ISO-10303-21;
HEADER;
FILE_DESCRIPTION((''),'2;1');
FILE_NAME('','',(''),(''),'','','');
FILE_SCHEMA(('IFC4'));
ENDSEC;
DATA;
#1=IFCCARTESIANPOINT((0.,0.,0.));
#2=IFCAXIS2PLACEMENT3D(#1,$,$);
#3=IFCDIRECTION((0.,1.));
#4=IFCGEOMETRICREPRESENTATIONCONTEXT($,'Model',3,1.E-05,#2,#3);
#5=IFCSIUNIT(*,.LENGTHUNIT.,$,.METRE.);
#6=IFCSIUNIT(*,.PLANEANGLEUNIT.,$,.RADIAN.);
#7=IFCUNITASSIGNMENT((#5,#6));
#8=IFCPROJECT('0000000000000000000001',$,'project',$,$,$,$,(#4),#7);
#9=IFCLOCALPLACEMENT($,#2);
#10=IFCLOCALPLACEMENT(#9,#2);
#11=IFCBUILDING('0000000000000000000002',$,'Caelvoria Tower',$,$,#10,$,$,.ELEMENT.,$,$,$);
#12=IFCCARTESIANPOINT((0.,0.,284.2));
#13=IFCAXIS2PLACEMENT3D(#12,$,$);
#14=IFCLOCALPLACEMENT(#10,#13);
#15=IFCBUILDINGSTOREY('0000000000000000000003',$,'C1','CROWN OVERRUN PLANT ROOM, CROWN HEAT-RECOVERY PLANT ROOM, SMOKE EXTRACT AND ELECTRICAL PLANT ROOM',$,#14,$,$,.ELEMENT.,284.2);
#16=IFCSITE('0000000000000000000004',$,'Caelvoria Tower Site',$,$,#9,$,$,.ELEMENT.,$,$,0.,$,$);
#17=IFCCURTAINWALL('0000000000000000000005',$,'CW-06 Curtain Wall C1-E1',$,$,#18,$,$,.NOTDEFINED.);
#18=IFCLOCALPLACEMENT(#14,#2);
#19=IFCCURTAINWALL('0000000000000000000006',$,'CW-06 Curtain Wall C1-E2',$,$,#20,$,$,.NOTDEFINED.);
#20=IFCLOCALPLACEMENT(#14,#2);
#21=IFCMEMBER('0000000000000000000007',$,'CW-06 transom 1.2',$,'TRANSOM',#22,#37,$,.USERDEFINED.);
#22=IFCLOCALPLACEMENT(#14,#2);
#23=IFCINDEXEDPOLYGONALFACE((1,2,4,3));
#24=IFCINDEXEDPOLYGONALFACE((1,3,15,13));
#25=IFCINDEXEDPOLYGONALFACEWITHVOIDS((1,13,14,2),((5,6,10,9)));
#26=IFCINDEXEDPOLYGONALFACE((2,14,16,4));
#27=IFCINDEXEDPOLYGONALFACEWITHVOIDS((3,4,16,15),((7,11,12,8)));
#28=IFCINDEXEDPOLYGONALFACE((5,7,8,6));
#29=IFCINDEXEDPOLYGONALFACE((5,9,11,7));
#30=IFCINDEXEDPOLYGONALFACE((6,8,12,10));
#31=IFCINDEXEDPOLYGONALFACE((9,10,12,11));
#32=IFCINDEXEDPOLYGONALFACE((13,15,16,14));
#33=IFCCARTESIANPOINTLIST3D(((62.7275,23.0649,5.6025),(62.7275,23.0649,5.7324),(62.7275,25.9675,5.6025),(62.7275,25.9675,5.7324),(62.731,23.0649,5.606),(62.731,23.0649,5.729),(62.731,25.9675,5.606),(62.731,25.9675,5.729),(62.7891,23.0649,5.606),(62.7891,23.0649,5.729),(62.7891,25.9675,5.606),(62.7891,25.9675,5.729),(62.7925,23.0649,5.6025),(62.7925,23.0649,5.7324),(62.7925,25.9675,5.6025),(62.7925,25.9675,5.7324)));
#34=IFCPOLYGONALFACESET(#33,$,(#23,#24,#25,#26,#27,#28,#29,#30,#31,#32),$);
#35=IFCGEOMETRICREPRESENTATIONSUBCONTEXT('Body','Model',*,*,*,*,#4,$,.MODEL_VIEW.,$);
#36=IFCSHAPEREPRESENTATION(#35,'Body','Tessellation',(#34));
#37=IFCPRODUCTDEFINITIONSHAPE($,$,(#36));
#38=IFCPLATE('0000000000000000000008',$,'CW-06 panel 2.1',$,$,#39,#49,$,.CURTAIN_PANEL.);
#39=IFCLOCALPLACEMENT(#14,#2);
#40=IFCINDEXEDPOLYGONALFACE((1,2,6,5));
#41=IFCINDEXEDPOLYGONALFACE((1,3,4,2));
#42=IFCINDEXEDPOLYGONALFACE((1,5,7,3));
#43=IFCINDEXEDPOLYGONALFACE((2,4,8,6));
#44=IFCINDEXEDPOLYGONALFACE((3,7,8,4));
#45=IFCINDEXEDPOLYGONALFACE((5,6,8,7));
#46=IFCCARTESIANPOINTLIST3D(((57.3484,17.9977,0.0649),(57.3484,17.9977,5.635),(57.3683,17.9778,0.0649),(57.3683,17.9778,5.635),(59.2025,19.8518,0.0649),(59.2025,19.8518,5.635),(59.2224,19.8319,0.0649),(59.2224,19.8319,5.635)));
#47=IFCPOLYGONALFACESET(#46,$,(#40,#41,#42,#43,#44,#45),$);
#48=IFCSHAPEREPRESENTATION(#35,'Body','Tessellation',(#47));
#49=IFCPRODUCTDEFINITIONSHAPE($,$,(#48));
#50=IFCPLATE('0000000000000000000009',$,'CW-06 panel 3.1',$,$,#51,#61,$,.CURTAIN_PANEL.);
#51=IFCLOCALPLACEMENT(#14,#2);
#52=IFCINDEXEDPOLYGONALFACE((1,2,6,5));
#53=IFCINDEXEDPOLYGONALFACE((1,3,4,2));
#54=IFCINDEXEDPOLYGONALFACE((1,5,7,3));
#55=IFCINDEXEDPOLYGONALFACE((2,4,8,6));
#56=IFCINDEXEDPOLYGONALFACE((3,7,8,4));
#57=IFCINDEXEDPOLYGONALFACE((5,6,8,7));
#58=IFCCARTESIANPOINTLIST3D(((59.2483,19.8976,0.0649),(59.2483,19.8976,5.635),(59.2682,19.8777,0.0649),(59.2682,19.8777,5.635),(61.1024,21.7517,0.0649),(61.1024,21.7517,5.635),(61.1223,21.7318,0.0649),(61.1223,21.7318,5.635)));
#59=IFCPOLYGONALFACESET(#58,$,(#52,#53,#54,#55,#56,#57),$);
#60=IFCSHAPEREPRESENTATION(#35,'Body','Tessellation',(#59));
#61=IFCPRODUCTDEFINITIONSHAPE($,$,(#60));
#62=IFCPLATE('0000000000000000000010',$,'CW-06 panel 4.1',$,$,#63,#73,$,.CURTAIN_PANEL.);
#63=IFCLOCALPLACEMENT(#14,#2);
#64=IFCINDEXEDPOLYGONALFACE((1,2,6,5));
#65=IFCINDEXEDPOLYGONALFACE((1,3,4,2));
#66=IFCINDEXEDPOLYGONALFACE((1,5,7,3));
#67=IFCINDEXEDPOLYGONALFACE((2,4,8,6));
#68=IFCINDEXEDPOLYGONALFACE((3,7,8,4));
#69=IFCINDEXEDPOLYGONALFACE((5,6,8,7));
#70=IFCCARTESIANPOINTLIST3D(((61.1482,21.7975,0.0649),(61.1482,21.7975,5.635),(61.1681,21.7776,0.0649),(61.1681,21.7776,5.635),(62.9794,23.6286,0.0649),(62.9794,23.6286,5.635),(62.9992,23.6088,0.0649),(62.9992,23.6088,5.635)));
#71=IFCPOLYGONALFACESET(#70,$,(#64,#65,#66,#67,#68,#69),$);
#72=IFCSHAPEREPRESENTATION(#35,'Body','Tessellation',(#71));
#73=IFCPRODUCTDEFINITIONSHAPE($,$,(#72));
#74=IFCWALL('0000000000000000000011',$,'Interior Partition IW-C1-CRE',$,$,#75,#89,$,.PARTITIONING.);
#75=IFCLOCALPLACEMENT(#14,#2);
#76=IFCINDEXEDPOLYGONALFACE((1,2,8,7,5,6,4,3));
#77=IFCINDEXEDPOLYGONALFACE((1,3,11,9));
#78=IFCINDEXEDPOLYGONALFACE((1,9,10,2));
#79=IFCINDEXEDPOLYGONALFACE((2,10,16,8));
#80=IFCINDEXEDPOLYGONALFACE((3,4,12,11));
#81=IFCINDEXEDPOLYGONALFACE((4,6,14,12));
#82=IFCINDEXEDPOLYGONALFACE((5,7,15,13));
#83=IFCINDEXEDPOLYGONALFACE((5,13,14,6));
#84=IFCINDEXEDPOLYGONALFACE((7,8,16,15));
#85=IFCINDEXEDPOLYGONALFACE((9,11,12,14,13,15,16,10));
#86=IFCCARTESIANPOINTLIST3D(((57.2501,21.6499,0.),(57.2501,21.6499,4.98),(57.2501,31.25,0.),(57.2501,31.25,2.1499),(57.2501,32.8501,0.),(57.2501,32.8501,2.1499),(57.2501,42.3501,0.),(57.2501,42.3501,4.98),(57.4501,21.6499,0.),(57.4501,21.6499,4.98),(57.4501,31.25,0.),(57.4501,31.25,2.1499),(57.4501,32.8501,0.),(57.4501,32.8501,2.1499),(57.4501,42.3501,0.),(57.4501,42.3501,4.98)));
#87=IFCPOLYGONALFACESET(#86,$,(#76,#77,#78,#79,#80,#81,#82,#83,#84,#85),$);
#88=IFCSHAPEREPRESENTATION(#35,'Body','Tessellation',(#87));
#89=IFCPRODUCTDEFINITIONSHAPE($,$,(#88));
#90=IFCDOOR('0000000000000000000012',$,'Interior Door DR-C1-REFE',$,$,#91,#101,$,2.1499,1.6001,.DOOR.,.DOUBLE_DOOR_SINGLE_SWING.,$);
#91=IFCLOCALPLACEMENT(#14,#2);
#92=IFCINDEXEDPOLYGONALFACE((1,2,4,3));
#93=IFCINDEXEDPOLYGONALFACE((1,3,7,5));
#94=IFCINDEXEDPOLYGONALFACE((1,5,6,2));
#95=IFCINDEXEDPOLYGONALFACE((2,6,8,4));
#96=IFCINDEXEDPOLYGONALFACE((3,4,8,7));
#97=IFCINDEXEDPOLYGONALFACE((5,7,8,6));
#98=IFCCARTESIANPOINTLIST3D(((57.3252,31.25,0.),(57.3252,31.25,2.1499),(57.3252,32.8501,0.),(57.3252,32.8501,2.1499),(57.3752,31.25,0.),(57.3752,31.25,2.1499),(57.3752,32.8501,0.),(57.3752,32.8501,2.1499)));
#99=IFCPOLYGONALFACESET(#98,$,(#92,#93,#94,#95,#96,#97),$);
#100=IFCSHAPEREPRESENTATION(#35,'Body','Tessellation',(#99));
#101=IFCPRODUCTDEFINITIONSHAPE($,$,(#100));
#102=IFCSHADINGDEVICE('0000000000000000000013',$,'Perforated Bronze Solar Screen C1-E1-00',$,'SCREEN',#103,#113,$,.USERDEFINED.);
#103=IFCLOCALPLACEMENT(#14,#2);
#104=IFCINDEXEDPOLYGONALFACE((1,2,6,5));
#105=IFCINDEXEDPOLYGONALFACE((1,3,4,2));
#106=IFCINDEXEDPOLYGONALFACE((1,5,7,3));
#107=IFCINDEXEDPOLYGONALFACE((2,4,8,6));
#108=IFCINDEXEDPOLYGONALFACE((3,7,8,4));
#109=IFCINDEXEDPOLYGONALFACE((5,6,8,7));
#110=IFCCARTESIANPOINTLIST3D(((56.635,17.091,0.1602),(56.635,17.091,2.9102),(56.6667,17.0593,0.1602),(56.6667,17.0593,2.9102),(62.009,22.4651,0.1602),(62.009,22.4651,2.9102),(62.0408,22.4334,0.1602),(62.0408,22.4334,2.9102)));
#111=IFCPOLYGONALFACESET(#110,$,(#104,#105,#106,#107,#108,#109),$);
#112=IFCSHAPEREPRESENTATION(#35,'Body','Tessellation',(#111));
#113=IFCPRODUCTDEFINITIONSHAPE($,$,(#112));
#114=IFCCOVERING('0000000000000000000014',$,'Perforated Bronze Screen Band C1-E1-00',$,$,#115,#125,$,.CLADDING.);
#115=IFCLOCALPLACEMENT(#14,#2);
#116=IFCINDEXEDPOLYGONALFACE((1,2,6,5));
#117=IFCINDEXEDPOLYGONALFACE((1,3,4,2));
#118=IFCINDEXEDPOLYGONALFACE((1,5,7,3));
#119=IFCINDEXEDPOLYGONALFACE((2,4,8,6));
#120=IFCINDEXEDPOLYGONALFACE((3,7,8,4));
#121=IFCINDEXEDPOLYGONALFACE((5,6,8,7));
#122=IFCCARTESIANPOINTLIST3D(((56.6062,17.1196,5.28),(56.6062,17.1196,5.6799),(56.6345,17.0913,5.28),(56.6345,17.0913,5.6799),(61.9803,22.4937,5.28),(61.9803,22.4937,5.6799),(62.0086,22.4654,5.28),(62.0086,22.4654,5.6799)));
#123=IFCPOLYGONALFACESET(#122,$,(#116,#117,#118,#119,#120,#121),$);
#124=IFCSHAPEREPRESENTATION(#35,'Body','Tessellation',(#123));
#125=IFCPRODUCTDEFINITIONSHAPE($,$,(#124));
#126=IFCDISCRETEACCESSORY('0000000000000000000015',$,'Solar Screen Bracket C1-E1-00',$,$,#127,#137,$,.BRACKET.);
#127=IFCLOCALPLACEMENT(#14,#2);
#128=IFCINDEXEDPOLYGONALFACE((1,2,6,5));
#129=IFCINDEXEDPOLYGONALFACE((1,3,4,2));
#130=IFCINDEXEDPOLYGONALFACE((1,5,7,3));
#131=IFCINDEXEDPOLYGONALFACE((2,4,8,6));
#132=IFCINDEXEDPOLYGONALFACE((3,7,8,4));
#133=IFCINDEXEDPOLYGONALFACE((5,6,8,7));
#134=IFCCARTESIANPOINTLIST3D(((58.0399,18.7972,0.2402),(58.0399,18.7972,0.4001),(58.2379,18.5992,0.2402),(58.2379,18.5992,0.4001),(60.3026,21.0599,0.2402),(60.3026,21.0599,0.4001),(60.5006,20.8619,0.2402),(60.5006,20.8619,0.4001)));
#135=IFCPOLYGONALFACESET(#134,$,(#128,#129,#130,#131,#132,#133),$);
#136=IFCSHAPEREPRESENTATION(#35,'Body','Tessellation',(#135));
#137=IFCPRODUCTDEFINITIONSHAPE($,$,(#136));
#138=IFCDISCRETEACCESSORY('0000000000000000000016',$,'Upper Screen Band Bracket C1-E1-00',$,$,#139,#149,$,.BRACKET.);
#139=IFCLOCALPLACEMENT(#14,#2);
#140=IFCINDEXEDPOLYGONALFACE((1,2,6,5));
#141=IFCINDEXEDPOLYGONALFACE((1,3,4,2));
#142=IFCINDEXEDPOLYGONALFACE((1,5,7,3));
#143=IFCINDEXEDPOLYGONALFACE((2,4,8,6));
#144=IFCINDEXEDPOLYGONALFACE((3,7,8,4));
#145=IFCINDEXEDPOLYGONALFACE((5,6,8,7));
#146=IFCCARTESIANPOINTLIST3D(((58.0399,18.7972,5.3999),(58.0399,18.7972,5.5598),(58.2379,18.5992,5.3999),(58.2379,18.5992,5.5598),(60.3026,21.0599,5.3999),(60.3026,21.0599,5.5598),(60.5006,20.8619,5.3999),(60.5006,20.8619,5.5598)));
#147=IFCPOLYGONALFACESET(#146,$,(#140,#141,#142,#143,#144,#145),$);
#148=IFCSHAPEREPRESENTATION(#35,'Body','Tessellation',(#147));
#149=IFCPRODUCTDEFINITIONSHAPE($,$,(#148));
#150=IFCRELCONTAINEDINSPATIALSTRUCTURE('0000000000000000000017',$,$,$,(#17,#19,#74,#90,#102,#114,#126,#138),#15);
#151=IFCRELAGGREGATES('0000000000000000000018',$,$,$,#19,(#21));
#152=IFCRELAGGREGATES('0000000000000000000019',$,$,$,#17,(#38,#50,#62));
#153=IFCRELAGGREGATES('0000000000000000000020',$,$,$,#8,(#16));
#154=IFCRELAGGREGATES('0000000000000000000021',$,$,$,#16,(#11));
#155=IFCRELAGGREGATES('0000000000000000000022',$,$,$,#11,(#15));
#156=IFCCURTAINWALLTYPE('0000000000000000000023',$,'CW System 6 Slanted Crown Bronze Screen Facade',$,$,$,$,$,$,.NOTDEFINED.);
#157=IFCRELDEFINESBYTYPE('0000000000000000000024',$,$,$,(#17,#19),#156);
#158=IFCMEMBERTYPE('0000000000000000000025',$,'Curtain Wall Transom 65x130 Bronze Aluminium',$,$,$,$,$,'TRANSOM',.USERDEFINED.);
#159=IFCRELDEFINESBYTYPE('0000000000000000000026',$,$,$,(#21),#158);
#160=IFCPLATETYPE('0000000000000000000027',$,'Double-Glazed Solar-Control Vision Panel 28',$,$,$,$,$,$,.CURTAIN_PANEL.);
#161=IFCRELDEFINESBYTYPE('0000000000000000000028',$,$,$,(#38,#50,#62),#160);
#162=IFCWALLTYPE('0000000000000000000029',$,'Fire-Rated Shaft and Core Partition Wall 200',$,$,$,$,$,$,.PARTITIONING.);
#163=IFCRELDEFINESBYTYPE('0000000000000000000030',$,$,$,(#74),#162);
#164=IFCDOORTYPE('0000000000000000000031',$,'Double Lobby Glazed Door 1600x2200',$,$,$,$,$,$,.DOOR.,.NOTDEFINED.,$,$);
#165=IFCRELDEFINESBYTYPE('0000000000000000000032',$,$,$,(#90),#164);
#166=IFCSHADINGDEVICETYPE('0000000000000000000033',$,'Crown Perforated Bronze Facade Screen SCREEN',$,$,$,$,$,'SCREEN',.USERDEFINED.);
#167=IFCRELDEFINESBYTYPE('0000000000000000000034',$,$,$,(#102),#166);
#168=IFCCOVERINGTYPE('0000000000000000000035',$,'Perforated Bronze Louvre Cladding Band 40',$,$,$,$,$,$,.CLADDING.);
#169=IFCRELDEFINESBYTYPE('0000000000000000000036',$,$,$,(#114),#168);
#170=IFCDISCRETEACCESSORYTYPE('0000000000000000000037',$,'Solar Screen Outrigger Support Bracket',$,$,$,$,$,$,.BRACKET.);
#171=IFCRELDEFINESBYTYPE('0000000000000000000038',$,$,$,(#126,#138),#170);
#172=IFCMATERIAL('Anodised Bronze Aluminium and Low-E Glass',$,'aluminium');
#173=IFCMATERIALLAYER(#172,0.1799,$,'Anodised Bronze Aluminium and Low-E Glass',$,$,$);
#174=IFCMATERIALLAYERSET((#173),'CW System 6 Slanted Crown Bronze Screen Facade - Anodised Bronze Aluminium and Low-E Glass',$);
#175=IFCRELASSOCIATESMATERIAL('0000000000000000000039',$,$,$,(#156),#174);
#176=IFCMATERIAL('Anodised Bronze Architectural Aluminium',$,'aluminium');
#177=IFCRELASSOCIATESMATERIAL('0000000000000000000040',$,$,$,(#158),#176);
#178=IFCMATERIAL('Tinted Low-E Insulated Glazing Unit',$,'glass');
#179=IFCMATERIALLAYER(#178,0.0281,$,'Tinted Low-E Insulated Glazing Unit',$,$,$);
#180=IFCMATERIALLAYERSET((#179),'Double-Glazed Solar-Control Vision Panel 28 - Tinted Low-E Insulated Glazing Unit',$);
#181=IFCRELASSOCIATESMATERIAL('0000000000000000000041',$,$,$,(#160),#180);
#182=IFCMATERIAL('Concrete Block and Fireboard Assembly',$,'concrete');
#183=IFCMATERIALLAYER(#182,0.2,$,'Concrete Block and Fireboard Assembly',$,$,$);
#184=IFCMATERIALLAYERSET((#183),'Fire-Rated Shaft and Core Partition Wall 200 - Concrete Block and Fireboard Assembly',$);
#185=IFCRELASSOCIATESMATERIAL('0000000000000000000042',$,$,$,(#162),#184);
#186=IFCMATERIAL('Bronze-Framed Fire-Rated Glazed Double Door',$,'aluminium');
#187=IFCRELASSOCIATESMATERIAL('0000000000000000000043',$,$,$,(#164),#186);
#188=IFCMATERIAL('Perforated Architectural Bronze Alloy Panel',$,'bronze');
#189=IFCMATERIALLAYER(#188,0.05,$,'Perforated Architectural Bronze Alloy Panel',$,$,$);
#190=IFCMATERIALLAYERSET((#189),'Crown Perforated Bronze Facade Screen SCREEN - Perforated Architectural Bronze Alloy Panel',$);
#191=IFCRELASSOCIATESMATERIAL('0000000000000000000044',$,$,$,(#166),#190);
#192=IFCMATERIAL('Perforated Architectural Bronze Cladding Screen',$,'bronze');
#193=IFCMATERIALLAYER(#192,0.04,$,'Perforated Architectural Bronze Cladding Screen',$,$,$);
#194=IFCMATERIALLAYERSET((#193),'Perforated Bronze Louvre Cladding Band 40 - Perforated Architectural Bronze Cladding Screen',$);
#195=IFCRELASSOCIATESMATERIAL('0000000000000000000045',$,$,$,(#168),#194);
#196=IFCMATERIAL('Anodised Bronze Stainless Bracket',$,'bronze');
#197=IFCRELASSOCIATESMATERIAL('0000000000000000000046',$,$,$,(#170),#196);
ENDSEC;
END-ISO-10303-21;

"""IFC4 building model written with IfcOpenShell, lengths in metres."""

from ifc_helpers import new_model, si_unit, direction, frame, frame_2d, origin, origin_2d, place, context, subcontext, project, spatial, rectangle, hollow_rectangle, extrude, material, layer, layer_set, material_profile, profile_set, type_object, element, fill, aggregate, save


model = new_model("IFC4")

# Units and contexts
model_context = context("Model", 3, precision=1e-05, world=origin(), true_north=direction((0.0, 1.0)))
body_context = subcontext(model_context, "Body", "Model", "MODEL_VIEW")
ifc_project = project(units=[si_unit("LENGTHUNIT", "METRE"), si_unit("PLANEANGLEUNIT", "RADIAN")], contexts=[model_context])

# Site, building, storey
site_placement = place(None, origin())
site = spatial("IfcSite", under=ifc_project, at=site_placement, Name="Caelvoria Tower Site", CompositionType="ELEMENT", RefElevation=0.0)
building_placement = place(site_placement, origin())
building = spatial("IfcBuilding", under=site, at=building_placement, Name="Caelvoria Tower", CompositionType="ELEMENT")
storey_placement = place(building_placement, frame((0.0, 0.0, 284.2)))
storey = spatial("IfcBuildingStorey", under=building, at=storey_placement, Name="C1", Description="CROWN OVERRUN PLANT ROOM, CROWN HEAT-RECOVERY PLANT ROOM, SMOKE EXTRACT AND ELECTRICAL PLANT ROOM", CompositionType="ELEMENT", Elevation=284.2)

# Curtain wall
ifc_material_1 = material(Name="Anodised Bronze Aluminium and Low-E Glass", Category="aluminium")
ifc_layer_1 = layer(ifc_material_1, 0.1799, Name="Anodised Bronze Aluminium and Low-E Glass")
ifc_layer_set_1 = layer_set([ifc_layer_1], Name="CW System 6 Slanted Crown Bronze Screen Facade - Anodised Bronze Aluminium and Low-E Glass")
curtain_wall_type = type_object("IfcCurtainWallType", Name="CW System 6 Slanted Crown Bronze Screen Facade", PredefinedType="NOTDEFINED", material=ifc_layer_set_1)
curtain_wall_1_placement = place(storey_placement, origin())
curtain_wall_1 = element("IfcCurtainWall", 1, at=curtain_wall_1_placement, inside=storey, type_object=curtain_wall_type, Name="CW-06 Curtain Wall C1-E1", PredefinedType="NOTDEFINED")
ifc_material_2 = material(Name="Anodised Bronze Architectural Aluminium", Category="aluminium")

# Curtain wall
curtain_wall_2_placement = place(storey_placement, origin())
curtain_wall_2 = element("IfcCurtainWall", 2, at=curtain_wall_2_placement, inside=storey, type_object=curtain_wall_type, Name="CW-06 Curtain Wall C1-E2", PredefinedType="NOTDEFINED")

# Member
ifc_material_profile_1 = material_profile(ifc_material_2, hollow_rectangle(XDim=0.0649, YDim=0.1299, WallThickness=0.0034, at=origin_2d()), Name="Anodised Bronze Architectural Aluminium")
ifc_profile_set_1 = profile_set([ifc_material_profile_1], Name="CW_TRAN_65X130 - Anodised Bronze Architectural Aluminium")
member_type_1 = type_object("IfcMemberType", Name="Curtain Wall Transom 65x130 Bronze Aluminium", ElementType="TRANSOM", PredefinedType="USERDEFINED", material=ifc_profile_set_1)
member_1_placement = place(storey_placement, frame((62.76, 23.0649, 5.6675), z_axis=(0.0, 1.0, 0.0), x_axis=(-1.0, 0.0, 0.0)))
member_1 = element("IfcMember", 3, at=member_1_placement, type_object=member_type_1, Name="CW-06 transom 1.2", ObjectType="TRANSOM", PredefinedType="USERDEFINED", context=body_context, shape_type="SweptSolid", body=[
    extrude(hollow_rectangle(XDim=0.0649, YDim=0.1299, WallThickness=0.0034, at=origin_2d()), origin(), (0.0, 0.0, 1.0), 2.9026),
])
aggregate(curtain_wall_2, [member_1])

# Plates
ifc_material_3 = material(Name="Tinted Low-E Insulated Glazing Unit", Category="glass")
ifc_layer_2 = layer(ifc_material_3, 0.0281, Name="Tinted Low-E Insulated Glazing Unit")
ifc_layer_set_2 = layer_set([ifc_layer_2], Name="Double-Glazed Solar-Control Vision Panel 28 - Tinted Low-E Insulated Glazing Unit")
plate_type = type_object("IfcPlateType", Name="Double-Glazed Solar-Control Vision Panel 28", PredefinedType="CURTAIN_PANEL", material=ifc_layer_set_2)
plate_1_placement = place(storey_placement, frame((58.2854, 18.9148, 0.0649), z_axis=(0.0, 0.0, 1.0), x_axis=(0.707107, 0.707107, 0.0)))
plate_1 = element("IfcPlate", 4, at=plate_1_placement, type_object=plate_type, Name="CW-06 panel 2.1", PredefinedType="CURTAIN_PANEL", context=body_context, shape_type="SweptSolid", body=[
    extrude(rectangle(XDim=2.6221, YDim=0.0281, at=origin_2d()), origin(), (0.0, 0.0, 1.0), 5.5701),
])
plate_2_placement = place(storey_placement, frame((60.1853, 20.8147, 0.0649), z_axis=(0.0, 0.0, 1.0), x_axis=(0.707107, 0.707107, 0.0)))
plate_2 = element("IfcPlate", 5, at=plate_2_placement, type_object=plate_type, Name="CW-06 panel 3.1", PredefinedType="CURTAIN_PANEL", context=body_context, shape_type="SweptSolid", body=[
    extrude(rectangle(XDim=2.6221, YDim=0.0281, at=origin_2d()), origin(), (0.0, 0.0, 1.0), 5.5701),
])
plate_3_placement = place(storey_placement, frame((62.0737, 22.7031, 0.0649), z_axis=(0.0, 0.0, 1.0), x_axis=(0.707107, 0.707107, 0.0)))
plate_3 = element("IfcPlate", 6, at=plate_3_placement, type_object=plate_type, Name="CW-06 panel 4.1", PredefinedType="CURTAIN_PANEL", context=body_context, shape_type="SweptSolid", body=[
    extrude(rectangle(XDim=2.5896, YDim=0.0281, at=origin_2d()), origin(), (0.0, 0.0, 1.0), 5.5701),
])
aggregate(curtain_wall_1, [plate_1, plate_2, plate_3])

# Wall, opening, door
ifc_material_4 = material(Name="Concrete Block and Fireboard Assembly", Category="concrete")
ifc_layer_3 = layer(ifc_material_4, 0.2, Name="Concrete Block and Fireboard Assembly")
ifc_layer_set_3 = layer_set([ifc_layer_3], Name="Fire-Rated Shaft and Core Partition Wall 200 - Concrete Block and Fireboard Assembly")
wall_type = type_object("IfcWallType", Name="Fire-Rated Shaft and Core Partition Wall 200", PredefinedType="PARTITIONING", material=ifc_layer_set_3)
wall_placement = place(storey_placement, frame((57.3501, 21.6499, 0.0), z_axis=(0.0, 0.0, 1.0), x_axis=(0.0, 1.0, 0.0)))
wall = element("IfcWall", 7, at=wall_placement, inside=storey, type_object=wall_type, Name="Interior Partition IW-C1-CRE", PredefinedType="PARTITIONING", context=body_context, shape_type="SweptSolid", body=[
    extrude(rectangle(XDim=20.7002, YDim=0.2, at=frame_2d((10.3501, 0.0))), origin(), (0.0, 0.0, 1.0), 4.98),
])
opening_placement = place(wall_placement, frame((9.6001, 0.0, 0.0)))
opening = element("IfcOpeningElement", 8, at=opening_placement, cuts=wall, PredefinedType="OPENING", context=body_context, shape_type="SweptSolid", body=[
    extrude(rectangle(XDim=1.6001, YDim=2.1499, at=frame_2d((0.8, 1.075))), frame((0.0, 0.1099, 0.0), z_axis=(0.0, -1.0, 0.0), x_axis=(1.0, 0.0, 0.0)), (0.0, 0.0, 1.0), 0.22),
])
ifc_material_5 = material(Name="Bronze-Framed Fire-Rated Glazed Double Door", Category="aluminium")
door_type = type_object("IfcDoorType", Name="Double Lobby Glazed Door 1600x2200", OperationType="NOTDEFINED", PredefinedType="DOOR", material=ifc_material_5)
door_placement = place(opening_placement, origin())
door = element("IfcDoor", 9, at=door_placement, inside=storey, type_object=door_type, Name="Interior Door DR-C1-REFE", OperationType="DOUBLE_DOOR_SINGLE_SWING", OverallHeight=2.1499, OverallWidth=1.6001, PredefinedType="DOOR", context=body_context, shape_type="SweptSolid", body=[
    extrude(rectangle(XDim=1.6001, YDim=2.1499, at=frame_2d((0.8, 1.075))), frame((0.0, 0.0249, 0.0), z_axis=(0.0, -1.0, 0.0), x_axis=(1.0, 0.0, 0.0)), (0.0, 0.0, 1.0), 0.05),
])
fill(opening, door)

# Shading device
ifc_material_6 = material(Name="Perforated Architectural Bronze Alloy Panel", Category="bronze")
ifc_layer_4 = layer(ifc_material_6, 0.05, Name="Perforated Architectural Bronze Alloy Panel")
ifc_layer_set_4 = layer_set([ifc_layer_4], Name="Crown Perforated Bronze Facade Screen SCREEN - Perforated Architectural Bronze Alloy Panel")
shading_device_type = type_object("IfcShadingDeviceType", Name="Crown Perforated Bronze Facade Screen SCREEN", ElementType="SCREEN", PredefinedType="USERDEFINED", material=ifc_layer_set_4)
shading_device_placement = place(storey_placement, frame((59.3379, 19.7622, 0.1602), z_axis=(0.0, 0.0, 1.0), x_axis=(0.707107, 0.707107, 0.0)))
element("IfcShadingDevice", 10, at=shading_device_placement, inside=storey, type_object=shading_device_type, Name="Perforated Bronze Solar Screen C1-E1-00", ObjectType="SCREEN", PredefinedType="USERDEFINED", context=body_context, shape_type="SweptSolid", body=[
    extrude(rectangle(XDim=7.6001, YDim=0.0449, at=origin_2d()), origin(), (0.0, 0.0, 1.0), 2.75),
])

# Covering
ifc_material_7 = material(Name="Perforated Architectural Bronze Cladding Screen", Category="bronze")
ifc_layer_5 = layer(ifc_material_7, 0.04, Name="Perforated Architectural Bronze Cladding Screen")
ifc_layer_set_5 = layer_set([ifc_layer_5], Name="Perforated Bronze Louvre Cladding Band 40 - Perforated Architectural Bronze Cladding Screen")
covering_type = type_object("IfcCoveringType", Name="Perforated Bronze Louvre Cladding Band 40", PredefinedType="CLADDING", material=ifc_layer_set_5)
covering_placement = place(storey_placement, frame((59.3074, 19.7925, 5.28), z_axis=(0.0, 0.0, 1.0), x_axis=(0.707107, 0.707107, 0.0)))
element("IfcCovering", 11, at=covering_placement, inside=storey, type_object=covering_type, Name="Perforated Bronze Screen Band C1-E1-00", PredefinedType="CLADDING", context=body_context, shape_type="SweptSolid", body=[
    extrude(rectangle(XDim=7.6001, YDim=0.04, at=origin_2d()), origin(), (0.0, 0.0, 1.0), 0.3999),
])

# Discrete accessories
ifc_material_8 = material(Name="Anodised Bronze Stainless Bracket", Category="bronze")
discrete_accessory_type = type_object("IfcDiscreteAccessoryType", Name="Solar Screen Outrigger Support Bracket", PredefinedType="BRACKET", material=ifc_material_8)
for number, where, z_axis, x_axis, name in (
    (12, (59.2703, 19.8296, 0.2402), (0.0, 0.0, 1.0), (0.707107, 0.707107, 0.0), "Solar Screen Bracket C1-E1-00"),
    (13, (59.2703, 19.8296, 5.3999), (0.0, 0.0, 1.0), (0.707107, 0.707107, 0.0), "Upper Screen Band Bracket C1-E1-00"),
):
    element("IfcDiscreteAccessory", number, at=place(storey_placement, frame(where, z_axis=z_axis, x_axis=x_axis)), inside=storey, type_object=discrete_accessory_type, Name=name, PredefinedType="BRACKET", context=body_context, shape_type="SweptSolid", body=[
        extrude(rectangle(XDim=3.2, YDim=0.28, at=origin_2d()), origin(), (0.0, 0.0, 1.0), 0.1599),
    ])

save(model, "model.ifc")
